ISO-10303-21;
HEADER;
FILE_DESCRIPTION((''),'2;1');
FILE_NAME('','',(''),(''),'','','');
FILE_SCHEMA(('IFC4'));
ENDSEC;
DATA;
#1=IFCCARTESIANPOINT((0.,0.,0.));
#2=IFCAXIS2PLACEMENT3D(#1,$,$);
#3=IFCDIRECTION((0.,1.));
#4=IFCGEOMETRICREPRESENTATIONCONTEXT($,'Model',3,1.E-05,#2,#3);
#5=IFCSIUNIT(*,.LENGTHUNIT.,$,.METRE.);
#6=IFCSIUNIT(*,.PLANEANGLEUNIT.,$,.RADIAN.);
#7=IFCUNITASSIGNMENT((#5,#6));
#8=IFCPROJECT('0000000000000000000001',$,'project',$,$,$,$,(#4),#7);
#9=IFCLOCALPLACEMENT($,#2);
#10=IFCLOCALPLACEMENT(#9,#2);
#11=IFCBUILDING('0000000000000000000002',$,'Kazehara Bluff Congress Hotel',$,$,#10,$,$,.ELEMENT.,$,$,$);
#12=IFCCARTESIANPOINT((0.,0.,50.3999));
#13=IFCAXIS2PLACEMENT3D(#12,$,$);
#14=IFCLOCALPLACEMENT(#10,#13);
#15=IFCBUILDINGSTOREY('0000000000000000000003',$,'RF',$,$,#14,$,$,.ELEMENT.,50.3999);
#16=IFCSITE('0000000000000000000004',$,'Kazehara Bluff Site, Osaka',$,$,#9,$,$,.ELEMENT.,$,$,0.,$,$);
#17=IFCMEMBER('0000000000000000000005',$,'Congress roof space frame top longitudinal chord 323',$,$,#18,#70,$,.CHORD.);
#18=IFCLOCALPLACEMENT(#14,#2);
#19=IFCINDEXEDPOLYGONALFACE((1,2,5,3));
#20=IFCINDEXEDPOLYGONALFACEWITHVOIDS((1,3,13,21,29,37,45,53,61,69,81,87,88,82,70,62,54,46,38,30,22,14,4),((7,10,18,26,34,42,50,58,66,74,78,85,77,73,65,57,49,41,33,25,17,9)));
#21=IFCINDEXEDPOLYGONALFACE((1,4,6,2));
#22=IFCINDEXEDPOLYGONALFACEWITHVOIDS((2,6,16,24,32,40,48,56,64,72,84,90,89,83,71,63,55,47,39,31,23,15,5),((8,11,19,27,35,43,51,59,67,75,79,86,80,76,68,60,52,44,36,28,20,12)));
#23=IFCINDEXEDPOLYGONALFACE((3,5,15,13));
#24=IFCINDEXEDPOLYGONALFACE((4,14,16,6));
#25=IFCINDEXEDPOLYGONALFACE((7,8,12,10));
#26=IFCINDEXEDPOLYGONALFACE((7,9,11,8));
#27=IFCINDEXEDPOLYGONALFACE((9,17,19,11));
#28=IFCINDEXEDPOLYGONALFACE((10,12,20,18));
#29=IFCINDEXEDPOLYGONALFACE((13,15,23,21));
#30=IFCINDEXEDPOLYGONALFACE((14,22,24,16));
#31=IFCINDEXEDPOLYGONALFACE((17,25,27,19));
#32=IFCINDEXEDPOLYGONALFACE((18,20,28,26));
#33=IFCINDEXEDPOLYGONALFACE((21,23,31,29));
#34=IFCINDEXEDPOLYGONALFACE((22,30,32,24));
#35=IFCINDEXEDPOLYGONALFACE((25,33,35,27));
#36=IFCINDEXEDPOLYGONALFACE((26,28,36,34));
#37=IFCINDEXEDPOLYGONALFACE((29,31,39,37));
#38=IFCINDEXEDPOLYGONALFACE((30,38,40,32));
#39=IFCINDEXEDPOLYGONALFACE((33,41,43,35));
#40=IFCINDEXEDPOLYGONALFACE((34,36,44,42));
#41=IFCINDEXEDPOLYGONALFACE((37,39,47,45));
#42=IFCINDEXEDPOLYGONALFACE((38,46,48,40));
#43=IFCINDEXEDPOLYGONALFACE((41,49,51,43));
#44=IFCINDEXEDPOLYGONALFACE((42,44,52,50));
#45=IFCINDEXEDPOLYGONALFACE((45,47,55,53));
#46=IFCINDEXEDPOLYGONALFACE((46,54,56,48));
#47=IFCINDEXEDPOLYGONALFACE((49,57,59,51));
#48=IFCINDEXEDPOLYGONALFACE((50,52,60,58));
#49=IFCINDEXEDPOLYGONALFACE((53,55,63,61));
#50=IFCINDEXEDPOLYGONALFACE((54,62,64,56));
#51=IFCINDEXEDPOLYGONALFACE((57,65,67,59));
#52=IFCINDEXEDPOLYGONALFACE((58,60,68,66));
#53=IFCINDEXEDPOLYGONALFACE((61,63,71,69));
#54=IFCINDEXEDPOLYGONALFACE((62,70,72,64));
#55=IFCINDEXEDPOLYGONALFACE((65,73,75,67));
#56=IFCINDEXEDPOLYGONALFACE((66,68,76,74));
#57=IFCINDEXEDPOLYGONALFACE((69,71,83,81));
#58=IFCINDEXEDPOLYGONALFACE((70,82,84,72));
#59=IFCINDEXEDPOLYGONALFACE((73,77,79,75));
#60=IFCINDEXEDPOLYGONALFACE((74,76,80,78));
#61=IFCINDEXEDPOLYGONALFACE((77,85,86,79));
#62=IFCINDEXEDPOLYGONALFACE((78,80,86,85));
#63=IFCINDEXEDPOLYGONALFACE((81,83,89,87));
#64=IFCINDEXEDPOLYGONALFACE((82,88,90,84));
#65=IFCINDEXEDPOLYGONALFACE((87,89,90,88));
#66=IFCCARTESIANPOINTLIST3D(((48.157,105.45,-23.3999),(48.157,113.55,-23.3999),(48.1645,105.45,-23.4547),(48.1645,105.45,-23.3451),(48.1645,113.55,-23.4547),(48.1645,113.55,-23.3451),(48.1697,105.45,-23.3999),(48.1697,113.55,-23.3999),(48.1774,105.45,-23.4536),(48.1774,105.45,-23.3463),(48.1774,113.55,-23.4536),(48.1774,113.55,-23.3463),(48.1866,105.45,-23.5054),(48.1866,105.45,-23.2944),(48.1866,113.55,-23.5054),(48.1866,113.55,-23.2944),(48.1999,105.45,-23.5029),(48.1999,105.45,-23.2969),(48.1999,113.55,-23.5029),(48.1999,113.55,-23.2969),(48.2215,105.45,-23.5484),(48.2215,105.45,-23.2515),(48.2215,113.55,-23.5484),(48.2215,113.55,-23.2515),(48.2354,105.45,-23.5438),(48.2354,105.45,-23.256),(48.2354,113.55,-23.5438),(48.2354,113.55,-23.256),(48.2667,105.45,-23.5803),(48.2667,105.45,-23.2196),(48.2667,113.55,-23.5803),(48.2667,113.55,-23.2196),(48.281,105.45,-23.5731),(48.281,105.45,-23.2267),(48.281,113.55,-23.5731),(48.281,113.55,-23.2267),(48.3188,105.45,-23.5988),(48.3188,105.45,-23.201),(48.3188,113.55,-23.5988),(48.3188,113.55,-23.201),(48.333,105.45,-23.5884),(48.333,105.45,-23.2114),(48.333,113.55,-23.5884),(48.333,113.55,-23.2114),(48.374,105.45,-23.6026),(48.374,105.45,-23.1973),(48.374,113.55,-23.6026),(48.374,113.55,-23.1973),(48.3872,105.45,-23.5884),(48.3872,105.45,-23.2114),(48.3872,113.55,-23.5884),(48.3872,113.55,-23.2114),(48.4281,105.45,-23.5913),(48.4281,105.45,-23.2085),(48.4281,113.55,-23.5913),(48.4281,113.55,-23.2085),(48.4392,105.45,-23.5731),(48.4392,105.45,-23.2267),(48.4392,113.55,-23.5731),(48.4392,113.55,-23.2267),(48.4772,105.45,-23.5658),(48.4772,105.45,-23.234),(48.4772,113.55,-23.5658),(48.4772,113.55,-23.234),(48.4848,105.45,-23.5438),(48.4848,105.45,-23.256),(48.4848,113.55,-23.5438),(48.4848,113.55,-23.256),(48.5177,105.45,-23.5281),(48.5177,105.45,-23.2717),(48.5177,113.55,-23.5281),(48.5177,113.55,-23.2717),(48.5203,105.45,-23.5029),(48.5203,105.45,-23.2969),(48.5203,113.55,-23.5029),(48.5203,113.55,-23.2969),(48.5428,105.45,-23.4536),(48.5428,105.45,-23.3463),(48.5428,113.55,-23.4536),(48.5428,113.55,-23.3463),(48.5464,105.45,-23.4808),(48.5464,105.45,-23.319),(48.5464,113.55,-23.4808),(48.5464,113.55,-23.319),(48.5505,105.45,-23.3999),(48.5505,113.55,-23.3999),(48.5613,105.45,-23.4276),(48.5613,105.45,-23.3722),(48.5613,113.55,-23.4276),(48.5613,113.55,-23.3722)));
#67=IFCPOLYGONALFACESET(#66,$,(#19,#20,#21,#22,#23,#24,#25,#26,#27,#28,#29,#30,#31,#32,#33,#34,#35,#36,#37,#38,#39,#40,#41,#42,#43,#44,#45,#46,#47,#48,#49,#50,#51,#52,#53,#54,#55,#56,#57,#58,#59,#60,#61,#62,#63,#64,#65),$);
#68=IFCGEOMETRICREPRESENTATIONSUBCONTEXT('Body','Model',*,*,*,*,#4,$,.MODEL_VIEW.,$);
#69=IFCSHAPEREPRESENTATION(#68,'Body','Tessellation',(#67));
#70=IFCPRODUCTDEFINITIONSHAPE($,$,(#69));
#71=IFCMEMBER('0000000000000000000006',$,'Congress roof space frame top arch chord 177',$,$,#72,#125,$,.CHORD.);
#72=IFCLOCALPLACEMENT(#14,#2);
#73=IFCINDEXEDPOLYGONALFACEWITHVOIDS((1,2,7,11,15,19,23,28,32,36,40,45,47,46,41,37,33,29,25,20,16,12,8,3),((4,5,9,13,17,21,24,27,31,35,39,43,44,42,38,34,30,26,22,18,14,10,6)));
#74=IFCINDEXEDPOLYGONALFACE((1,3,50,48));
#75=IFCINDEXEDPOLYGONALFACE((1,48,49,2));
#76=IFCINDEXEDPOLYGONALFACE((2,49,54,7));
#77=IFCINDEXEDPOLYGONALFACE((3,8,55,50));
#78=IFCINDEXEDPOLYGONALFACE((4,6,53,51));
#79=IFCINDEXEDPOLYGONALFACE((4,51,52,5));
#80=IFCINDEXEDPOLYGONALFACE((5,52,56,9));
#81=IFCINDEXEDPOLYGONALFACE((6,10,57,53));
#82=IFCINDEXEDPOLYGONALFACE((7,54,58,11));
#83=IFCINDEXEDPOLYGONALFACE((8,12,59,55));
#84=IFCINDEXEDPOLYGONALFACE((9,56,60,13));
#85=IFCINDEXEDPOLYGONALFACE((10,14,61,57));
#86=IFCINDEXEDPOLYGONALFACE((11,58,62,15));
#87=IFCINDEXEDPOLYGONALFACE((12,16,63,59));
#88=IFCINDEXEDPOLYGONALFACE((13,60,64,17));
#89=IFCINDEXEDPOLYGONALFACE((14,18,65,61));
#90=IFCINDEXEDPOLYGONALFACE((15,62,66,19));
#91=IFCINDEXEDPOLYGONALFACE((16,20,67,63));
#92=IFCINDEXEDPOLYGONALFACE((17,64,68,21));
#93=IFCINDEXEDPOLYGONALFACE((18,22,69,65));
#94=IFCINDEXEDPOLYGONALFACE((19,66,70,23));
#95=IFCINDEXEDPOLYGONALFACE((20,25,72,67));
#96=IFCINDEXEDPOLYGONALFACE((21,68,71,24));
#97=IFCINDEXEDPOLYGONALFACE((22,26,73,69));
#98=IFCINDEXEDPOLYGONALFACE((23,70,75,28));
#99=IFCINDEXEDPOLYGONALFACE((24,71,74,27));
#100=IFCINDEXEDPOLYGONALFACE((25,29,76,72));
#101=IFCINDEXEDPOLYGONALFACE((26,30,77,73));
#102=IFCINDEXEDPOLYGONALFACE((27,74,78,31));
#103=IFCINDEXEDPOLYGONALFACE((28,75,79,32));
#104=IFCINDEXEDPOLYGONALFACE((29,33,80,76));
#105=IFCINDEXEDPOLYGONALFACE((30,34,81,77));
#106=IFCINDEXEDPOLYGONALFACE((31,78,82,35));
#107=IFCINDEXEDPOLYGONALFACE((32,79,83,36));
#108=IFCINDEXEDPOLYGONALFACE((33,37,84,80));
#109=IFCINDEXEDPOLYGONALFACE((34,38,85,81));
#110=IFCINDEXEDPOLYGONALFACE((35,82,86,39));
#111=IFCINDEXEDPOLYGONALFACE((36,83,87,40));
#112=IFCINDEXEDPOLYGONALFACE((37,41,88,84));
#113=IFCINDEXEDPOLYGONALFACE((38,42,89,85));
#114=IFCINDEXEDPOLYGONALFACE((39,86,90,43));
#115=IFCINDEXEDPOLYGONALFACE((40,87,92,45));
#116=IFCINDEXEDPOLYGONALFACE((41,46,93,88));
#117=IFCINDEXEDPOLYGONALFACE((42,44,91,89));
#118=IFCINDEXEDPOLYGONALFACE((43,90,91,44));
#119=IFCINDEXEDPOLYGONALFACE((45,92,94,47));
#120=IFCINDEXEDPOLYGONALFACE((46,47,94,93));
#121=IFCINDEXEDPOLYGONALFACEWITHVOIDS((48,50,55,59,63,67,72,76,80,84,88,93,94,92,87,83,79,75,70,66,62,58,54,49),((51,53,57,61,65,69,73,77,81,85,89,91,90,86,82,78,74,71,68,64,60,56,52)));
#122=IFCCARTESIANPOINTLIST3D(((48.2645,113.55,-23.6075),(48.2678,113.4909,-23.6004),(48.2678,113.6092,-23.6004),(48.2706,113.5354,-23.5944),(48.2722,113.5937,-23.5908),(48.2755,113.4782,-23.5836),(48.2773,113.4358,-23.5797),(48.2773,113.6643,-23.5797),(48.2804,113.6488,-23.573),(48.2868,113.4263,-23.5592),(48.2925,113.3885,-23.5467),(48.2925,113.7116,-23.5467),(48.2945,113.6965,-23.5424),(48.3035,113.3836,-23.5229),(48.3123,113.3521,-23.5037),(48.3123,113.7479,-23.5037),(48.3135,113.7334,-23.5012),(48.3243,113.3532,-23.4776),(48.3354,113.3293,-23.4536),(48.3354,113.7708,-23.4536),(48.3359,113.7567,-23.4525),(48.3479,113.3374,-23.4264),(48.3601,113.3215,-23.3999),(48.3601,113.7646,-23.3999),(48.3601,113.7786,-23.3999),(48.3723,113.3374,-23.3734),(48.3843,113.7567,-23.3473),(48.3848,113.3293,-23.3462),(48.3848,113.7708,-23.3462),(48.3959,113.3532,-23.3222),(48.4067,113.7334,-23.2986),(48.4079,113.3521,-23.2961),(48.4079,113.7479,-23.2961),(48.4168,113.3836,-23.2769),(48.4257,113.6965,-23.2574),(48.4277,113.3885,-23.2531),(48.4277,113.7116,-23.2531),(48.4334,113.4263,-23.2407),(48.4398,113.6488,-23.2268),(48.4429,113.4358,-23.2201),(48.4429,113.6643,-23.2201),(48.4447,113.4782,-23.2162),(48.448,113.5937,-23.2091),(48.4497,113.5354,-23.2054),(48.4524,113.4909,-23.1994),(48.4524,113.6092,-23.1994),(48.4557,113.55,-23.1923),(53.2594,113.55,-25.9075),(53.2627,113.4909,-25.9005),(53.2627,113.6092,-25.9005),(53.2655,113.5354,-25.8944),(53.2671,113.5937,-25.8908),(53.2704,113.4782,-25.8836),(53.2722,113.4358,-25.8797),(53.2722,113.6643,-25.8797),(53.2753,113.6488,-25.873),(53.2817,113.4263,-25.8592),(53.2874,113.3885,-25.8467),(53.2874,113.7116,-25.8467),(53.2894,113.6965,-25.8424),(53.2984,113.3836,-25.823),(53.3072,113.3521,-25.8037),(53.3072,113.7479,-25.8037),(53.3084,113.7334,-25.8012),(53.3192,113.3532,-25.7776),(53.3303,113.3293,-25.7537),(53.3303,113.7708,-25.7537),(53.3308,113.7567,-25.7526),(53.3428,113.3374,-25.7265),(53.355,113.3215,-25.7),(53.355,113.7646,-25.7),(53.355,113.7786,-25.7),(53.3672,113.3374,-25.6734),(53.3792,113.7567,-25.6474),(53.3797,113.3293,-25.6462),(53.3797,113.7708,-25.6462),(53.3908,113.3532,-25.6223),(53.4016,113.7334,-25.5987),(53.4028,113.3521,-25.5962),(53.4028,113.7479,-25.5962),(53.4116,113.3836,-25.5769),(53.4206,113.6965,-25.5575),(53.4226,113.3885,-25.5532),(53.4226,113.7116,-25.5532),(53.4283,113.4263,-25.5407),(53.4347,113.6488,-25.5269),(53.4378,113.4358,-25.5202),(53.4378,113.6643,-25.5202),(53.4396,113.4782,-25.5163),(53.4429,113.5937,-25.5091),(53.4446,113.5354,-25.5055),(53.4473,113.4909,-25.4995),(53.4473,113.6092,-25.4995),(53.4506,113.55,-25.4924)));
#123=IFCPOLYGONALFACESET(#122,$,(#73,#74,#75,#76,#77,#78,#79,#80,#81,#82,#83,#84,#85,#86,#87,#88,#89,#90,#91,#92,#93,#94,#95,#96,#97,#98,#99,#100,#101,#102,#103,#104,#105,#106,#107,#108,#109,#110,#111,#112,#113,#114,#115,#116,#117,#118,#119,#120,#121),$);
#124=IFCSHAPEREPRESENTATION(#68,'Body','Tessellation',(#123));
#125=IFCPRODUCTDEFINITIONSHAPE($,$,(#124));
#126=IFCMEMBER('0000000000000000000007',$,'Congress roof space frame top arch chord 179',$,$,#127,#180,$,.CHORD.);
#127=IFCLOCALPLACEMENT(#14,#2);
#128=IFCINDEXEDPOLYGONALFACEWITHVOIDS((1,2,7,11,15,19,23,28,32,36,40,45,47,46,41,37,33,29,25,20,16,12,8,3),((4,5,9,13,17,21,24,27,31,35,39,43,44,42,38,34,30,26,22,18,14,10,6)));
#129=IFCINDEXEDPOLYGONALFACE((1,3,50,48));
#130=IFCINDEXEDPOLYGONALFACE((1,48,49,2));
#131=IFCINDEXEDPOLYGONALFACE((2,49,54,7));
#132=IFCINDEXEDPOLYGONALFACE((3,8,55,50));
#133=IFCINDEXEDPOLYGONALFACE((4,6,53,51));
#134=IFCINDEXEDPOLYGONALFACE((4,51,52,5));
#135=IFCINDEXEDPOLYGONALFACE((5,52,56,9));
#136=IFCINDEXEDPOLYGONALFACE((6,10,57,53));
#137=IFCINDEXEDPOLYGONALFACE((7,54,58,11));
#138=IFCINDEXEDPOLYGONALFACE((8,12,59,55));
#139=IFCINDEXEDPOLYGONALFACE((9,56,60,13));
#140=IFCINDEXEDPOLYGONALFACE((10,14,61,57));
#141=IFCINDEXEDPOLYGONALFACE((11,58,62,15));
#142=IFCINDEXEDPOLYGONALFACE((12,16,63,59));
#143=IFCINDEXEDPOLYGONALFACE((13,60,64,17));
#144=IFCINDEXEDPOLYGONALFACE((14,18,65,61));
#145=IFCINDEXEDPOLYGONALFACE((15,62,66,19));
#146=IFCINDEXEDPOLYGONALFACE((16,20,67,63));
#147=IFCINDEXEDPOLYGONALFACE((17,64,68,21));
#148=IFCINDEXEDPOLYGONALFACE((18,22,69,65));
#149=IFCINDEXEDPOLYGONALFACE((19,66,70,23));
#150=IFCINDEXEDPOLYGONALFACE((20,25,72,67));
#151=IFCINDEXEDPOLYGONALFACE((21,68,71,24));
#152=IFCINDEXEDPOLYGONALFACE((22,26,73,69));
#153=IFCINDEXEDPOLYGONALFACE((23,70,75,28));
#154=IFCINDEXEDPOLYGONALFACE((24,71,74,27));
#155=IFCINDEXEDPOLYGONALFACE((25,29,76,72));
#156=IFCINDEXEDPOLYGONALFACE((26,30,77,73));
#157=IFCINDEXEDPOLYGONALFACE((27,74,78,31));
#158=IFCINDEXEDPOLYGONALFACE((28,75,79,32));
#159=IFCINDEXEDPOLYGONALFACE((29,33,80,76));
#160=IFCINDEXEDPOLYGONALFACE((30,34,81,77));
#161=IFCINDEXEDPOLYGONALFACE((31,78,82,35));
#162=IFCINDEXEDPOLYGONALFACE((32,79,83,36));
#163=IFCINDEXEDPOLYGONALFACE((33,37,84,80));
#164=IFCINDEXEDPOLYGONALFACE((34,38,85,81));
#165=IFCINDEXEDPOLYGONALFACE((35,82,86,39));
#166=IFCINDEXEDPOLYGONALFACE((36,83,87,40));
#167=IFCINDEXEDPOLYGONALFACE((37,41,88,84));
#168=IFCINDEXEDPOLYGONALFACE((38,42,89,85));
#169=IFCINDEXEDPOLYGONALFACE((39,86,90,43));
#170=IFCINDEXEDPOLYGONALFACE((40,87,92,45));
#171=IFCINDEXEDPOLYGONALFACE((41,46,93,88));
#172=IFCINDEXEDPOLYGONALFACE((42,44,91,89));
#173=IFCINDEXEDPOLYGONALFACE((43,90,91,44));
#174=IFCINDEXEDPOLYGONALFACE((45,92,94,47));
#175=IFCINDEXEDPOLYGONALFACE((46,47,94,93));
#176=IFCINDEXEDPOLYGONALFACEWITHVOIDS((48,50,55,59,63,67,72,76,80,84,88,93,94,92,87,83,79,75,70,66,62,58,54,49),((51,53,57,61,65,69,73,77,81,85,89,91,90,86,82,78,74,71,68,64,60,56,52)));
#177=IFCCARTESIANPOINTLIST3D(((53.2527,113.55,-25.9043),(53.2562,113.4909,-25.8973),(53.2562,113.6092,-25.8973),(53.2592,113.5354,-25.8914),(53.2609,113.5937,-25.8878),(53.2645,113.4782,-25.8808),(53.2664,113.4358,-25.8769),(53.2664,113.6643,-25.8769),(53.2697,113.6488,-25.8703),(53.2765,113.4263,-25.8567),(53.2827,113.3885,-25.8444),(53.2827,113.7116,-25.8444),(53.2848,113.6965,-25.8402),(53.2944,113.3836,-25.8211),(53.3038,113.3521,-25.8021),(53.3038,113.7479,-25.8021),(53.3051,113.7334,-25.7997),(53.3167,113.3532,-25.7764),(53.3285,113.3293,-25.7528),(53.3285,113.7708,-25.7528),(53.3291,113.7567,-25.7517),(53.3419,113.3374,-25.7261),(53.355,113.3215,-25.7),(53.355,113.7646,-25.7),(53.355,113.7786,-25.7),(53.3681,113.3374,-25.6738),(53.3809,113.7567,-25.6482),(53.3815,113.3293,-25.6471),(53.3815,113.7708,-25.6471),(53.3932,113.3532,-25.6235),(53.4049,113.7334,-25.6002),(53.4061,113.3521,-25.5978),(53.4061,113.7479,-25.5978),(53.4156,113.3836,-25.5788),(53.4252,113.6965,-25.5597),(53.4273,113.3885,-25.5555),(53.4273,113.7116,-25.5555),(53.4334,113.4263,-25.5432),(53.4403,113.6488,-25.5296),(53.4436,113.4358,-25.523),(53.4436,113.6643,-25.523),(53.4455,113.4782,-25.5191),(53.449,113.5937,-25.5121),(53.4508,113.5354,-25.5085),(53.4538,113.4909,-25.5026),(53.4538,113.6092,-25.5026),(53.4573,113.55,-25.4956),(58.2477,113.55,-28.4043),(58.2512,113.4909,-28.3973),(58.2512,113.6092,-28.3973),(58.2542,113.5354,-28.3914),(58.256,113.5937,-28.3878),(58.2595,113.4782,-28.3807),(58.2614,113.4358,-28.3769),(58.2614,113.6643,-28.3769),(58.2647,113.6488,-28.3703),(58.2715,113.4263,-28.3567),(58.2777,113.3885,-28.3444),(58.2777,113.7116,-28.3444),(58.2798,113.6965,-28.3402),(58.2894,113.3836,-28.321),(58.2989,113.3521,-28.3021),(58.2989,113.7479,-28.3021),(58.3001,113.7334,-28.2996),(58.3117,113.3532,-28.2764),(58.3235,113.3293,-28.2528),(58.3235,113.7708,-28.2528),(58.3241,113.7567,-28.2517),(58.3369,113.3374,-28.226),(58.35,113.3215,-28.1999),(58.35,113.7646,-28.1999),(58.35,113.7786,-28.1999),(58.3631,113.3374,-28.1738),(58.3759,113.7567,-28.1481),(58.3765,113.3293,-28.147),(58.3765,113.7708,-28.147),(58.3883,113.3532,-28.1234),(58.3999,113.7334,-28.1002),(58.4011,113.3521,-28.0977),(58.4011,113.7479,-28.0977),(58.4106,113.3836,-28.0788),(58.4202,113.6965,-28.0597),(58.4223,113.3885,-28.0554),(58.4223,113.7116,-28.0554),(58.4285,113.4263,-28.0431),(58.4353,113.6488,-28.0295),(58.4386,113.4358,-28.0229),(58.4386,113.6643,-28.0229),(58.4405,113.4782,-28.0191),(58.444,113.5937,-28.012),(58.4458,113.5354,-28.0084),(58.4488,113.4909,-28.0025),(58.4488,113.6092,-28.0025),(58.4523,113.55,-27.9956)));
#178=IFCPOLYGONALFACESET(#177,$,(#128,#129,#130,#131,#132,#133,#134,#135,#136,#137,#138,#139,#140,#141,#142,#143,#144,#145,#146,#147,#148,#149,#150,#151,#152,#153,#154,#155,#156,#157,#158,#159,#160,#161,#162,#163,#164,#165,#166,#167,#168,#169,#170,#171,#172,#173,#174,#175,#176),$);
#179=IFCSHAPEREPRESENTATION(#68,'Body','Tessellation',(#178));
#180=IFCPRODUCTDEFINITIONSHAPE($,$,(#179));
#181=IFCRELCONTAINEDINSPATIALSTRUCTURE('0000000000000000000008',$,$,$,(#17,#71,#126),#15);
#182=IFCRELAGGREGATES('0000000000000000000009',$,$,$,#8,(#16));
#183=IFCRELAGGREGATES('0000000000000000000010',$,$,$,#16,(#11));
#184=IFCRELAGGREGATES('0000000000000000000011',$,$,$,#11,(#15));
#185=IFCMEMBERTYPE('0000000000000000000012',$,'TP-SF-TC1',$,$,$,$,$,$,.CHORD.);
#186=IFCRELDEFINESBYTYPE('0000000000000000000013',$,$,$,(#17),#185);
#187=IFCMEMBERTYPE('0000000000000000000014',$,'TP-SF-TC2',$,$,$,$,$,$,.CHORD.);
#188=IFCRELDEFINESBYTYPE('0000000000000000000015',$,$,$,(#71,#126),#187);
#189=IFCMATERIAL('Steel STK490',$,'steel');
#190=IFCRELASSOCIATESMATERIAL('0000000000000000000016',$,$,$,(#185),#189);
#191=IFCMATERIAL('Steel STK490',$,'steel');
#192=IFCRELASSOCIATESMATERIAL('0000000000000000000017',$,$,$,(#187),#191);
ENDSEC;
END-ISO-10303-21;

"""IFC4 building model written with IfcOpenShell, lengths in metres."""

from ifc_helpers import new_model, si_unit, direction, frame, origin, origin_2d, place, context, subcontext, project, spatial, hollow_circle, extrude, material, material_profile, profile_set, type_object, element, save


model = new_model("IFC4")

# Units and contexts
model_context = context("Model", 3, precision=1e-05, world=origin(), true_north=direction((0.0, 1.0)))
body_context = subcontext(model_context, "Body", "Model", "MODEL_VIEW")
ifc_project = project(units=[si_unit("LENGTHUNIT", "METRE"), si_unit("PLANEANGLEUNIT", "RADIAN")], contexts=[model_context])

# Site, building, storey
site_placement = place(None, origin())
site = spatial("IfcSite", under=ifc_project, at=site_placement, Name="Kazehara Bluff Site, Osaka", CompositionType="ELEMENT", RefElevation=0.0)
building_placement = place(site_placement, origin())
building = spatial("IfcBuilding", under=site, at=building_placement, Name="Kazehara Bluff Congress Hotel", CompositionType="ELEMENT")
storey_placement = place(building_placement, frame((0.0, 0.0, 50.3999)))
storey = spatial("IfcBuildingStorey", under=building, at=storey_placement, Name="RF", CompositionType="ELEMENT", Elevation=50.3999)

# Members
ifc_material_1 = material(Name="Steel STK490", Category="steel")
ifc_material_profile_1 = material_profile(ifc_material_1, hollow_circle(Radius=0.2031, WallThickness=0.0127, at=origin_2d()))
ifc_profile_set_1 = profile_set([ifc_material_profile_1], Name="Steel STK490")
member_type_1 = type_object("IfcMemberType", Name="TP-SF-TC1", PredefinedType="CHORD", material=ifc_profile_set_1)
member_1_placement = place(storey_placement, frame((48.3601, 105.45, -23.3999), z_axis=(0.0, 1.0, 0.0), x_axis=(-1.0, 0.0, 0.0)))
element("IfcMember", 1, at=member_1_placement, inside=storey, type_object=member_type_1, Name="Congress roof space frame top longitudinal chord 323", PredefinedType="CHORD", context=body_context, shape_type="SweptSolid", body=[
    extrude(hollow_circle(Radius=0.2031, WallThickness=0.0127, at=origin_2d()), origin(), (0.0, 0.0, 1.0), 8.1001),
])
ifc_material_2 = material(Name="Steel STK490", Category="steel")
ifc_material_profile_2 = material_profile(ifc_material_2, hollow_circle(Radius=0.2285, WallThickness=0.0139, at=origin_2d()))
ifc_profile_set_2 = profile_set([ifc_material_profile_2], Name="Steel STK490")
member_type_2 = type_object("IfcMemberType", Name="TP-SF-TC2", PredefinedType="CHORD", material=ifc_profile_set_2)
member_2_placement = place(storey_placement, frame((48.3601, 113.55, -23.3999), z_axis=(0.908324, 0.0, -0.418267), x_axis=(0.0, 1.0, 0.0)))
element("IfcMember", 2, at=member_2_placement, inside=storey, type_object=member_type_2, Name="Congress roof space frame top arch chord 177", PredefinedType="CHORD", context=body_context, shape_type="SweptSolid", body=[
    extrude(hollow_circle(Radius=0.2285, WallThickness=0.0139, at=origin_2d()), origin(), (0.0, 0.0, 1.0), 5.499),
])
member_3_placement = place(storey_placement, frame((53.355, 113.55, -25.7), z_axis=(0.894252, 0.0, -0.447563), x_axis=(0.0, 1.0, 0.0)))
element("IfcMember", 3, at=member_3_placement, inside=storey, type_object=member_type_2, Name="Congress roof space frame top arch chord 179", PredefinedType="CHORD", context=body_context, shape_type="SweptSolid", body=[
    extrude(hollow_circle(Radius=0.2285, WallThickness=0.0139, at=origin_2d()), origin(), (0.0, 0.0, 1.0), 5.5857),
])

save(model, "model.ifc")
